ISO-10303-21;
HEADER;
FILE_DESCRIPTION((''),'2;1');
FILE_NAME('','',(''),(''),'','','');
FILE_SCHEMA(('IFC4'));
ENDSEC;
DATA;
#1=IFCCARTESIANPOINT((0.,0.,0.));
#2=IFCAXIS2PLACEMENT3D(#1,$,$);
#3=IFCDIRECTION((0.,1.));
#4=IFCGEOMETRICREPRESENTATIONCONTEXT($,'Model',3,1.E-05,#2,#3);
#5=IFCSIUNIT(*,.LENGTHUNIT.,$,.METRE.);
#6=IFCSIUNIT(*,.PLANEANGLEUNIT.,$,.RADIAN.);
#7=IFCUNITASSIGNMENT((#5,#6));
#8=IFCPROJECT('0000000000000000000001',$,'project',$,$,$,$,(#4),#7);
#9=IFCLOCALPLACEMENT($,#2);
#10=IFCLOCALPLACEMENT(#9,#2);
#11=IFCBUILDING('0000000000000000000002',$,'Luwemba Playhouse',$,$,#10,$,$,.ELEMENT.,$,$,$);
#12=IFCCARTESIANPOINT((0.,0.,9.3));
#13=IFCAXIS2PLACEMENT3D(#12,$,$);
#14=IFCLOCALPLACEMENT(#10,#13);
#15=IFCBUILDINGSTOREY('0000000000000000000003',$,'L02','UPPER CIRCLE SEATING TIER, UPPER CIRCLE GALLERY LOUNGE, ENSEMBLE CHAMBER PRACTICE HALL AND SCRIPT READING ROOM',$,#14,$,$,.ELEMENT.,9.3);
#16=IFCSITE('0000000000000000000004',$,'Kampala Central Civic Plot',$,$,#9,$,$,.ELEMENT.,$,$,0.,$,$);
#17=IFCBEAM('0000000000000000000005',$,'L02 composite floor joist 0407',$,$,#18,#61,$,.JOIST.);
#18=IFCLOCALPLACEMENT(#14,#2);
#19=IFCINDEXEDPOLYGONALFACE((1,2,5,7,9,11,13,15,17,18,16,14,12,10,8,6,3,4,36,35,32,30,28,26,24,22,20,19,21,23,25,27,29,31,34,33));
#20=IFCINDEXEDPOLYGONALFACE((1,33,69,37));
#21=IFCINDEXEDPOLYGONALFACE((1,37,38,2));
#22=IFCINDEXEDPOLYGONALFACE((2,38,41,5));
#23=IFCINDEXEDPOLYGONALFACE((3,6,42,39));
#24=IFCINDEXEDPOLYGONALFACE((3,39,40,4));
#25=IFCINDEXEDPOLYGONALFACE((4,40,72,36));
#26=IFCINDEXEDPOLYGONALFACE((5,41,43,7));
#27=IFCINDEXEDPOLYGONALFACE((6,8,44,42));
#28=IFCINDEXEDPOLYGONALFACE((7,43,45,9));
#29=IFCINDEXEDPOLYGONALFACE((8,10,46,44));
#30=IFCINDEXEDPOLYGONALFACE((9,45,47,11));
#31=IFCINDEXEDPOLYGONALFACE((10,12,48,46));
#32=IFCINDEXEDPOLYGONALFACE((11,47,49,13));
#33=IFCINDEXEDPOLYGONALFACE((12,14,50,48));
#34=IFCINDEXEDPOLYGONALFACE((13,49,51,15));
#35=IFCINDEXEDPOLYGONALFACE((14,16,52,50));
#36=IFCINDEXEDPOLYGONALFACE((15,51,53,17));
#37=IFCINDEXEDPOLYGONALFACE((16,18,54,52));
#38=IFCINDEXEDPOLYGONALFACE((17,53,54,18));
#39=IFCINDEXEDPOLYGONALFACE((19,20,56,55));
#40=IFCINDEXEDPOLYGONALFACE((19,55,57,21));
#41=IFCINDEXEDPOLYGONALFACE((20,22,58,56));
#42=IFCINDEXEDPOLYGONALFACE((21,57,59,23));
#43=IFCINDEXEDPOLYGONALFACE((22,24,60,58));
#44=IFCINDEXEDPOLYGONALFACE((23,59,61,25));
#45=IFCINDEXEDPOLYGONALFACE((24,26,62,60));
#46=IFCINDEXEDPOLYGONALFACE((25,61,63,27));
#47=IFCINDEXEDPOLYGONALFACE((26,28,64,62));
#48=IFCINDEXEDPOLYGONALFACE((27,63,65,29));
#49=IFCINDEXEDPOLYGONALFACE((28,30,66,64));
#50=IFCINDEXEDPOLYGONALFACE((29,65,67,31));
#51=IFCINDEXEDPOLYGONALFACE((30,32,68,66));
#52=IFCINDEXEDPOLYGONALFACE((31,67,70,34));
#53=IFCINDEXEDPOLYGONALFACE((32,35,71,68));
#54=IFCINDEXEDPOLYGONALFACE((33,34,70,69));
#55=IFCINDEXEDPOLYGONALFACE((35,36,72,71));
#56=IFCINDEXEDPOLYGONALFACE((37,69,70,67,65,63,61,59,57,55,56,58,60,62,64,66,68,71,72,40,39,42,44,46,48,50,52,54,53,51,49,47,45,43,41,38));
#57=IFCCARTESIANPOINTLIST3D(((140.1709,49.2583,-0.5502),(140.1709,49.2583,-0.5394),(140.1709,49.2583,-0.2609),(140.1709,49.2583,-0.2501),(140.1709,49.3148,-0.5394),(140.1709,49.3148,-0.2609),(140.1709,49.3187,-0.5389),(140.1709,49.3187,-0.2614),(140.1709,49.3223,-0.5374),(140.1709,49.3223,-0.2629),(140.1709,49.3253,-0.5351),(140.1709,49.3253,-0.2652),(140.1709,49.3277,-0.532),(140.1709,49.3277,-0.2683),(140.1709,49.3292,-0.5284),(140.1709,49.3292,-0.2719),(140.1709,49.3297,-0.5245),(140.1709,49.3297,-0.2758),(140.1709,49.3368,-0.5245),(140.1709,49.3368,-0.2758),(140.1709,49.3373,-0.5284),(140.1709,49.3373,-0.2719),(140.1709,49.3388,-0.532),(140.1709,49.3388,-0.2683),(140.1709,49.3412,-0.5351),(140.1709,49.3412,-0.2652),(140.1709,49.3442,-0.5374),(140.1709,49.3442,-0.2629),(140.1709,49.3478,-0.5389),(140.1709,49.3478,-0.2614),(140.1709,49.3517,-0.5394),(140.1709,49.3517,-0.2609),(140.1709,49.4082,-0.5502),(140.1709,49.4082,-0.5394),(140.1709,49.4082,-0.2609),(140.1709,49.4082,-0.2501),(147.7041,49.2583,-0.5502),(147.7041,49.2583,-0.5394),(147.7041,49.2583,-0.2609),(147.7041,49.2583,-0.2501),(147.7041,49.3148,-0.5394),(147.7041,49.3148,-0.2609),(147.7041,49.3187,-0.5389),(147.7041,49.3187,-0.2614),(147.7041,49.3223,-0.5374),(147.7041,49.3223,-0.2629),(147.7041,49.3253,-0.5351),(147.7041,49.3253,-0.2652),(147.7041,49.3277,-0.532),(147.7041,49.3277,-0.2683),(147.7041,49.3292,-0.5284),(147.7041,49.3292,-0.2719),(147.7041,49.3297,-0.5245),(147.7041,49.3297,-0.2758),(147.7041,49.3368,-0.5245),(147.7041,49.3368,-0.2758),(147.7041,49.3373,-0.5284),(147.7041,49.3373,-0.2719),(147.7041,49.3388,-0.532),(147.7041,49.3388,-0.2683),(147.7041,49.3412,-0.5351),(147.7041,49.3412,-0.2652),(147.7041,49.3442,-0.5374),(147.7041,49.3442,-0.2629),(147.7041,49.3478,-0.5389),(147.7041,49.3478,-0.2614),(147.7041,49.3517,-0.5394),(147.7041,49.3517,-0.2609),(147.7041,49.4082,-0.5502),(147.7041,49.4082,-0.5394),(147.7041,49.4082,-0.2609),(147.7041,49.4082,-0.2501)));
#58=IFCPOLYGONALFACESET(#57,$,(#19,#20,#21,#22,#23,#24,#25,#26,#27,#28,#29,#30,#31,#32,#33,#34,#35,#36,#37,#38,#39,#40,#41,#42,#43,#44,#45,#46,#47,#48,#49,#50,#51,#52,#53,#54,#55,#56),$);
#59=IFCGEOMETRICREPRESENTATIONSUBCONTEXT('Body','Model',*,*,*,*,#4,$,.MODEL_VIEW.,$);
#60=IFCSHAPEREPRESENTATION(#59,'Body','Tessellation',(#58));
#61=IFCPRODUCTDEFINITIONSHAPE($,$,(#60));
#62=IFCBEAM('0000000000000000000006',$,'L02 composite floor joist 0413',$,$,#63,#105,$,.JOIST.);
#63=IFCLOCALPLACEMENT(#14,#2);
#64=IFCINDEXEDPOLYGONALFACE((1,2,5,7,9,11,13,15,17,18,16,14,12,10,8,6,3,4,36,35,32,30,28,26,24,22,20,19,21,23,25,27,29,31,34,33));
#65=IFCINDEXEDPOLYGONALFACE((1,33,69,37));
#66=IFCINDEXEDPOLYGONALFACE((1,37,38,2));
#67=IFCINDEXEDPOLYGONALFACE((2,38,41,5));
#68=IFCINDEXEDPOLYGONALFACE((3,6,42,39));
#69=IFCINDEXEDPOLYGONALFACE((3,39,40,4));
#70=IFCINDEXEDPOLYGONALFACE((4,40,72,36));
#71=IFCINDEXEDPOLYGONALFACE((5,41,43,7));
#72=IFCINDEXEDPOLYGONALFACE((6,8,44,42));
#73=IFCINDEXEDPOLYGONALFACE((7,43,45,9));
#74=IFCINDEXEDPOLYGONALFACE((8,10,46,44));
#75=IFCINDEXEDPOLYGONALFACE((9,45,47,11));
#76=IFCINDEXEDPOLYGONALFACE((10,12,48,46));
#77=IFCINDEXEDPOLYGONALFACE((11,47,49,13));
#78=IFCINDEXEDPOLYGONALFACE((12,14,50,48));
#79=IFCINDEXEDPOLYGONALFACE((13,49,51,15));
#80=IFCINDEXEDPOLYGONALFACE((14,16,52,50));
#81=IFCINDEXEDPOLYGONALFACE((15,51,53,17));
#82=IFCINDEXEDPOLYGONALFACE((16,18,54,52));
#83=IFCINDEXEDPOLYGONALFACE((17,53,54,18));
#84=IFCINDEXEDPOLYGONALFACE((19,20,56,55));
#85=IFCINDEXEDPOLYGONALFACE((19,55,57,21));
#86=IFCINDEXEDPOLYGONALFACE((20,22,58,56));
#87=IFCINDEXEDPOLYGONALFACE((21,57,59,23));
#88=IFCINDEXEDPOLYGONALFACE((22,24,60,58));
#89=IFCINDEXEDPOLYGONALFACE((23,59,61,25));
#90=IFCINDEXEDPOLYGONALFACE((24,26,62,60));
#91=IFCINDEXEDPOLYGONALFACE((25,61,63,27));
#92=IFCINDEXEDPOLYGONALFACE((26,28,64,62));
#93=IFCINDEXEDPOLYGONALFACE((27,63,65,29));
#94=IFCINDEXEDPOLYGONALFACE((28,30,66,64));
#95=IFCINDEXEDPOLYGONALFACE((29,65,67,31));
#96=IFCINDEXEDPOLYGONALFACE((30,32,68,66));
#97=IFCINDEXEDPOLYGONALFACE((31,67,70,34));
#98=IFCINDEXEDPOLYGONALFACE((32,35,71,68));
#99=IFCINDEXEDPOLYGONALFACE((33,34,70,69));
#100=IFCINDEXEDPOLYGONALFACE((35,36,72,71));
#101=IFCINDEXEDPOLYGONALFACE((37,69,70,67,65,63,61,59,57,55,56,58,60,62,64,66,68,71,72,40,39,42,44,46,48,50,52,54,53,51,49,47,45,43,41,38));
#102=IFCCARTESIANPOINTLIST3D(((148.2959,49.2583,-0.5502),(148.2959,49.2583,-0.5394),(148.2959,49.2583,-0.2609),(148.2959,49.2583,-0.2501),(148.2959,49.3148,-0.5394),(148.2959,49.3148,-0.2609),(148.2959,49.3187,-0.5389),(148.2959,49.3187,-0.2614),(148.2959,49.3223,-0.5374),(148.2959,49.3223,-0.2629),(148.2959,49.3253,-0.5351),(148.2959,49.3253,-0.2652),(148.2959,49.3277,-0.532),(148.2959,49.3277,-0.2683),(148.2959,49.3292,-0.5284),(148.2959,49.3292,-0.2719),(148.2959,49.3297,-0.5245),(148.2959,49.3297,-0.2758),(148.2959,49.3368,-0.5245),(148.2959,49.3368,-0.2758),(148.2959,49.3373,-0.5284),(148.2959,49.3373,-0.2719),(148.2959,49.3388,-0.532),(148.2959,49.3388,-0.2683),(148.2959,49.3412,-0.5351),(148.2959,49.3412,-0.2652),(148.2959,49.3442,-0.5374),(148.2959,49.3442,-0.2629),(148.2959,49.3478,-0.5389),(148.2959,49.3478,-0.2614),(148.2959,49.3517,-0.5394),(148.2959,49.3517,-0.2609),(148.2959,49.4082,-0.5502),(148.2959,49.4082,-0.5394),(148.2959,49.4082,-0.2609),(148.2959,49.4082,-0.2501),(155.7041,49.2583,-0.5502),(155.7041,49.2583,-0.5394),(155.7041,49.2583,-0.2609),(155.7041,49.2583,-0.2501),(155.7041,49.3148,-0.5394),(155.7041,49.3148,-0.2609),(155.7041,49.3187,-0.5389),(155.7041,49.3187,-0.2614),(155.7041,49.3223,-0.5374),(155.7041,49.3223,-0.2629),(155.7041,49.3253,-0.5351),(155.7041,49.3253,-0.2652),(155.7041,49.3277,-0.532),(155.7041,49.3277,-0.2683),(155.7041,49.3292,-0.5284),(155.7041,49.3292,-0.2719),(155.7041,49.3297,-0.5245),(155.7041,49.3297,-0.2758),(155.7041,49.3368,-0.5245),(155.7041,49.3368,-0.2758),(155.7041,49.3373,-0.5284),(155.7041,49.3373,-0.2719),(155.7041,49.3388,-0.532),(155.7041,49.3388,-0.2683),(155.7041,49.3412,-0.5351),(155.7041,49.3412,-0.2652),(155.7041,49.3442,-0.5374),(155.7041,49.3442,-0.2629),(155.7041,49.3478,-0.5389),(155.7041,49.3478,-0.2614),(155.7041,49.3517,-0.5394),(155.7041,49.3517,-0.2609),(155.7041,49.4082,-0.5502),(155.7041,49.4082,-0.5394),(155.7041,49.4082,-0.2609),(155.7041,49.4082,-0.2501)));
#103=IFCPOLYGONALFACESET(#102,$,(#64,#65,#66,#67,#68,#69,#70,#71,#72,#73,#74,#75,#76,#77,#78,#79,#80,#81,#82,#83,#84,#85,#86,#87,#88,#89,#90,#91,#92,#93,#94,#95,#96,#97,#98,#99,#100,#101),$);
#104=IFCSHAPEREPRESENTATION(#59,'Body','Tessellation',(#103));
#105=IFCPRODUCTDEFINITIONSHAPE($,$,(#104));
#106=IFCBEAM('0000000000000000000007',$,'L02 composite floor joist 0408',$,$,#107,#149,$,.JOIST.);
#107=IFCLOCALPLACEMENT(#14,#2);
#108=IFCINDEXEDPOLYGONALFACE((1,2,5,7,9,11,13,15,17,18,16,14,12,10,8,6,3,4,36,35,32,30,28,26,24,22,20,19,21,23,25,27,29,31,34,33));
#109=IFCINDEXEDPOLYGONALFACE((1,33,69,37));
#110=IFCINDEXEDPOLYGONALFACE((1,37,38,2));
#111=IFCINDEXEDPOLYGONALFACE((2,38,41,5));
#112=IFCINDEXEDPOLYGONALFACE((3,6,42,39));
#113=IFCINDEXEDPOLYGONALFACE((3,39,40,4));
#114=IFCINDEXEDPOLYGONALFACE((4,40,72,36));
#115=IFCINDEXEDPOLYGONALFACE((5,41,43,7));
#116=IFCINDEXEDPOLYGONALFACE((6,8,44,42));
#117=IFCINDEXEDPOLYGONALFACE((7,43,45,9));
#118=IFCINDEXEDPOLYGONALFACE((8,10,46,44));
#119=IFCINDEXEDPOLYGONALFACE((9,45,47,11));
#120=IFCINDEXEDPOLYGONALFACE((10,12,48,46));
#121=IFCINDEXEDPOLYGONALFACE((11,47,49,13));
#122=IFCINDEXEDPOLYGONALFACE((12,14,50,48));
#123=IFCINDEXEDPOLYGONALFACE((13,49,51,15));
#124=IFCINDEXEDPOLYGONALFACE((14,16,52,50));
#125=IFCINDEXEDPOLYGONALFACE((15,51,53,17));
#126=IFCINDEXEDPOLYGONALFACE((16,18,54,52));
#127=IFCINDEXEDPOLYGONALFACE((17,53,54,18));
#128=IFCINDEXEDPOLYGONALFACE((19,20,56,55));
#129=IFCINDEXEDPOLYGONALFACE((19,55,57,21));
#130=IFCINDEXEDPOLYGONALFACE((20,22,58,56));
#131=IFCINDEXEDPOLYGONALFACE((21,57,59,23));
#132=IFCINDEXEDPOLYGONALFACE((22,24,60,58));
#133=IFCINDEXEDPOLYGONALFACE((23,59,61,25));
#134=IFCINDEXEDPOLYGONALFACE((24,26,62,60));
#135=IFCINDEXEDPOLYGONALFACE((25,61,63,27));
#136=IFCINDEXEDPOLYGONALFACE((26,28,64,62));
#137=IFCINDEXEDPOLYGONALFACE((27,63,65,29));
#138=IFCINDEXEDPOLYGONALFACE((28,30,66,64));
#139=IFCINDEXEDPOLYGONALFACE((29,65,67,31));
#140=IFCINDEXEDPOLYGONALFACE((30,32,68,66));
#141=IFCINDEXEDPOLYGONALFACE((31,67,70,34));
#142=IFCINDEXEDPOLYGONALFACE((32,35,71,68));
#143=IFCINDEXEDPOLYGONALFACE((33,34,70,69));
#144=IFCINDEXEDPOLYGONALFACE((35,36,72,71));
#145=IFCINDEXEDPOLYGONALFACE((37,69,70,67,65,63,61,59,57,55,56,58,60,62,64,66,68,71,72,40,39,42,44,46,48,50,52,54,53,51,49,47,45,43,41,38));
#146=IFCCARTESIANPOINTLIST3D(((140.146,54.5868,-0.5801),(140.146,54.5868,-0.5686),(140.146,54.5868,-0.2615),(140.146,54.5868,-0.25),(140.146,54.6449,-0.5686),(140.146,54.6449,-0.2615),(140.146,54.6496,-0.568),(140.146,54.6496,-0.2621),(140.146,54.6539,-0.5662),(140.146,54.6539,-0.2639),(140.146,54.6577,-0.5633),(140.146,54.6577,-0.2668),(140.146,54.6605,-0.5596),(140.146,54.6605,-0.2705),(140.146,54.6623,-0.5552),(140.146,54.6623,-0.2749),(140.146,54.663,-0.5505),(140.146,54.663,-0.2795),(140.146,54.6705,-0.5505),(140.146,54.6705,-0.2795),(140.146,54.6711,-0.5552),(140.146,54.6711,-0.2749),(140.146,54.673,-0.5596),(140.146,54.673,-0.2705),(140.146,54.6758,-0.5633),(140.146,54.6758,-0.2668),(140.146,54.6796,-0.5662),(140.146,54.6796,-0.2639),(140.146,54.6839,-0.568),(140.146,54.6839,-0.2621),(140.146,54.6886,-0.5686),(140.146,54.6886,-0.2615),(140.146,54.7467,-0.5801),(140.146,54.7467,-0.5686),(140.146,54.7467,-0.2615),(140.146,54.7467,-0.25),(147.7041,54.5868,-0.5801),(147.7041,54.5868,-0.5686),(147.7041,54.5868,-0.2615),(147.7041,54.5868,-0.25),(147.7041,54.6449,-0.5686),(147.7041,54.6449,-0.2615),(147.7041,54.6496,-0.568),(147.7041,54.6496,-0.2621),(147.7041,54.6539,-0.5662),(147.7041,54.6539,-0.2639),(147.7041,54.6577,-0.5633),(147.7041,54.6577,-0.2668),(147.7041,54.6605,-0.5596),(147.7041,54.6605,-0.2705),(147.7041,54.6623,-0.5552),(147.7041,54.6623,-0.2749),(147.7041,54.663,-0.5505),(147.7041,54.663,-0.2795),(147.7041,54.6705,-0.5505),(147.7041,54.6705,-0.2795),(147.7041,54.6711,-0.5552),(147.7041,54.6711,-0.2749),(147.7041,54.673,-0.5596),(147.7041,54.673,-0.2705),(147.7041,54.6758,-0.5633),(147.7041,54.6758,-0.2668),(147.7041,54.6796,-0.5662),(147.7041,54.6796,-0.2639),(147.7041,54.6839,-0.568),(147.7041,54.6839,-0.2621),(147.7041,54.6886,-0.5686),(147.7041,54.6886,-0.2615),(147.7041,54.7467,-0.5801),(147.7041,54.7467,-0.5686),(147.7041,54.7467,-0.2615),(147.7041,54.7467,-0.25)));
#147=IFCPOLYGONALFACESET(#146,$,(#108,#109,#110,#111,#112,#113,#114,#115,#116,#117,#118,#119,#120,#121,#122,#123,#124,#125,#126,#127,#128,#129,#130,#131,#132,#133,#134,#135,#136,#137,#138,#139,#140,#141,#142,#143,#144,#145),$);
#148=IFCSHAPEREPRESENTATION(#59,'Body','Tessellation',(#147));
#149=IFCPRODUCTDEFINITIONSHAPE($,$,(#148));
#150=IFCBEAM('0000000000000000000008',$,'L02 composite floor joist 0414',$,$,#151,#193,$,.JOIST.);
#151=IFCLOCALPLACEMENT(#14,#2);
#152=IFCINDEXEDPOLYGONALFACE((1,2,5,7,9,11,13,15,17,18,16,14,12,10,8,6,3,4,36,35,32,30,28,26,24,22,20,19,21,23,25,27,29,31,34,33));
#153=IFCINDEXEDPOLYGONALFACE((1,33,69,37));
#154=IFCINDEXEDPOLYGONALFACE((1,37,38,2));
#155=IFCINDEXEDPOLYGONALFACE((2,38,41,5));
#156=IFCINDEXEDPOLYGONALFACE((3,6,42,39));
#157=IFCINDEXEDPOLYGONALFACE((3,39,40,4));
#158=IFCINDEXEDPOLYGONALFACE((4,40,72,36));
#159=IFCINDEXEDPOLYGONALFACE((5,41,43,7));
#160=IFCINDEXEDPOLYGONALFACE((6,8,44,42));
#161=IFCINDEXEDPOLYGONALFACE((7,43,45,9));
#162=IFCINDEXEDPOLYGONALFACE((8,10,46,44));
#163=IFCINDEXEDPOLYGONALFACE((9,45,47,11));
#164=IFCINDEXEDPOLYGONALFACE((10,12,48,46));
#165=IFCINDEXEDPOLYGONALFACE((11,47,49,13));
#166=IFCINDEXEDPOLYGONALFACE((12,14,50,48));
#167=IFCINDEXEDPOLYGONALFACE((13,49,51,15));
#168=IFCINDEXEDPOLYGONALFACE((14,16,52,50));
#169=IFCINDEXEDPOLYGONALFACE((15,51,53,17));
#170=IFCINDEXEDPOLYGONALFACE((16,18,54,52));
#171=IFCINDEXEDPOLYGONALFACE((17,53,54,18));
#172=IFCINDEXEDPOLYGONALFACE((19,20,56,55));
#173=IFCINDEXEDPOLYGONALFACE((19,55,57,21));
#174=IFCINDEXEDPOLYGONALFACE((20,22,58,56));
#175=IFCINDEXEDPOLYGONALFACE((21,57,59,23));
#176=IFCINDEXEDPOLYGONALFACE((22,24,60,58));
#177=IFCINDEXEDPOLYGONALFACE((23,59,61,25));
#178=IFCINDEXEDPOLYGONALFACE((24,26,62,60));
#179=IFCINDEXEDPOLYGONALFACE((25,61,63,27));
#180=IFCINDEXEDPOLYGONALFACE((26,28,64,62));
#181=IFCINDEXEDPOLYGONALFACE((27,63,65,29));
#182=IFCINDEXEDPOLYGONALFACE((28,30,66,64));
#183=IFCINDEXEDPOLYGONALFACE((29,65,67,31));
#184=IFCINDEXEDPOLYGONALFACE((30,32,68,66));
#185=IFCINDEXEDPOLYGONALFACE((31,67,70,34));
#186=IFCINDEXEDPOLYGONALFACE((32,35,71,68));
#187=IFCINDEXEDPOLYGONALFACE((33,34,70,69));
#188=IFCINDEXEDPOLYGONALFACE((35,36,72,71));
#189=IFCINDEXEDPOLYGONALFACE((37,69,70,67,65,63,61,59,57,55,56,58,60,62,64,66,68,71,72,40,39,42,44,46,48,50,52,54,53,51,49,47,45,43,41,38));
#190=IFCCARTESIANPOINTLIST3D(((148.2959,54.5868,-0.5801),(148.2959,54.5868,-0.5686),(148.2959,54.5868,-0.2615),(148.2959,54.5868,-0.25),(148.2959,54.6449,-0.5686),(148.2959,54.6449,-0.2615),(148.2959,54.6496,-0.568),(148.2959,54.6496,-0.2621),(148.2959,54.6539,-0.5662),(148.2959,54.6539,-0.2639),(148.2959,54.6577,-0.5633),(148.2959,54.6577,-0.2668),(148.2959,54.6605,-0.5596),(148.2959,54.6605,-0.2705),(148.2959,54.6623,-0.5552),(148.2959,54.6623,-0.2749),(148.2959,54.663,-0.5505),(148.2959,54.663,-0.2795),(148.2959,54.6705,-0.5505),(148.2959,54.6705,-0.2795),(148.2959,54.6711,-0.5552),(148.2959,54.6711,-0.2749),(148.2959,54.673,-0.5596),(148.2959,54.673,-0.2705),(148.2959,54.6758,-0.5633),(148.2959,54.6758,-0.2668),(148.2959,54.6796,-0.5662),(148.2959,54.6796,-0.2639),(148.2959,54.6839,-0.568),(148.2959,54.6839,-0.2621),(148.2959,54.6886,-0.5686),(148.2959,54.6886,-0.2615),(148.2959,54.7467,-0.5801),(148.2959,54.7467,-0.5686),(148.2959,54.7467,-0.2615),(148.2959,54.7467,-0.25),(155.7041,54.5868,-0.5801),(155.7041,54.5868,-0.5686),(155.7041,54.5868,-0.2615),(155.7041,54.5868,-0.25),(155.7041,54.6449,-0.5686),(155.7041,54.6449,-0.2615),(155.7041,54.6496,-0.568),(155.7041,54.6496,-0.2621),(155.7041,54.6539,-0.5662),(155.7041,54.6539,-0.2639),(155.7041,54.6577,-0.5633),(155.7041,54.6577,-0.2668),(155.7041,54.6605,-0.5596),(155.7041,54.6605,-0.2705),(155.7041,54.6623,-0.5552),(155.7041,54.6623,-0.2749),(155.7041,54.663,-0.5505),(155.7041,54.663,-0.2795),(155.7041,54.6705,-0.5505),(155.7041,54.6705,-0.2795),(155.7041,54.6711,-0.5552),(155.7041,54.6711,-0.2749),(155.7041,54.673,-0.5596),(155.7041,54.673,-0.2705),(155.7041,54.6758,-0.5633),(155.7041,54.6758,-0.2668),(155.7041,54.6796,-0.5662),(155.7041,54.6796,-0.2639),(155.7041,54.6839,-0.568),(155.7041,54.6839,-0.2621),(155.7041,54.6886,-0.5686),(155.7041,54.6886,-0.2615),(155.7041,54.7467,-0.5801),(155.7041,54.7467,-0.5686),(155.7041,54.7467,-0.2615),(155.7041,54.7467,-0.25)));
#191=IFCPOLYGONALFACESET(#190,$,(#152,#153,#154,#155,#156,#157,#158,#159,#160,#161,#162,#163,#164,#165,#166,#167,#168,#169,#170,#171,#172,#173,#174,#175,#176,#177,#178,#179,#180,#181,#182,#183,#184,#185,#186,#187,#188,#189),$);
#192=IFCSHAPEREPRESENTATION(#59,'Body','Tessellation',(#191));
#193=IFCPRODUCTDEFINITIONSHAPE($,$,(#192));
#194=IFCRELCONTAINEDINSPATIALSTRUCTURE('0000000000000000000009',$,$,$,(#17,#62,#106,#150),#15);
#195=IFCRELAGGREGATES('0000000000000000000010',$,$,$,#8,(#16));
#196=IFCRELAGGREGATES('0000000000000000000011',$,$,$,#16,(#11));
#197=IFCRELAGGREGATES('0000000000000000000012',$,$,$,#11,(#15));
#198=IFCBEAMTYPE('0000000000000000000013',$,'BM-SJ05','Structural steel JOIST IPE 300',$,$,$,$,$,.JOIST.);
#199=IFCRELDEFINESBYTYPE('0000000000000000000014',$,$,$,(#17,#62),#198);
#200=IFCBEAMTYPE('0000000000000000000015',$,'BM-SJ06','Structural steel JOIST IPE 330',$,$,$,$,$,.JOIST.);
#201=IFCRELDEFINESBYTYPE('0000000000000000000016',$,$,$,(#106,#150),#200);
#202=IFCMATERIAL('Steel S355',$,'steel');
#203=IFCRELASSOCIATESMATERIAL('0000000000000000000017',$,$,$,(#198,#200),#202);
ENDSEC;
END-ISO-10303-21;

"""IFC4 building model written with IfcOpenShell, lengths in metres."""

from ifc_helpers import new_model, si_unit, direction, frame, origin, origin_2d, place, context, subcontext, project, spatial, i_section, extrude, material, material_profile, profile_set, type_object, element, save


model = new_model("IFC4")

# Units and contexts
model_context = context("Model", 3, precision=1e-05, world=origin(), true_north=direction((0.0, 1.0)))
body_context = subcontext(model_context, "Body", "Model", "MODEL_VIEW")
ifc_project = project(units=[si_unit("LENGTHUNIT", "METRE"), si_unit("PLANEANGLEUNIT", "RADIAN")], contexts=[model_context])

# Site, building, storey
site_placement = place(None, origin())
site = spatial("IfcSite", under=ifc_project, at=site_placement, Name="Kampala Central Civic Plot", CompositionType="ELEMENT", RefElevation=0.0)
building_placement = place(site_placement, origin())
building = spatial("IfcBuilding", under=site, at=building_placement, Name="Luwemba Playhouse", CompositionType="ELEMENT")
storey_placement = place(building_placement, frame((0.0, 0.0, 9.3)))
storey = spatial("IfcBuildingStorey", under=building, at=storey_placement, Name="L02", Description="UPPER CIRCLE SEATING TIER, UPPER CIRCLE GALLERY LOUNGE, ENSEMBLE CHAMBER PRACTICE HALL AND SCRIPT READING ROOM", CompositionType="ELEMENT", Elevation=9.3)

# Beams
ifc_material_1 = material(Name="Steel S355", Category="steel")
ifc_material_profile_1 = material_profile(ifc_material_1, i_section(OverallWidth=0.1499, OverallDepth=0.3, WebThickness=0.0071, FlangeThickness=0.0107, FilletRadius=0.0149, at=origin_2d()))
ifc_profile_set_1 = profile_set([ifc_material_profile_1], Name="Steel S355")
beam_type_1 = type_object("IfcBeamType", Name="BM-SJ05", Description="Structural steel JOIST IPE 300", PredefinedType="JOIST", material=ifc_profile_set_1)
beam_1_placement = place(storey_placement, frame((140.1709, 49.3333, -0.4001), z_axis=(1.0, 0.0, 0.0), x_axis=(0.0, 1.0, 0.0)))
element("IfcBeam", 1, at=beam_1_placement, inside=storey, type_object=beam_type_1, Name="L02 composite floor joist 0407", PredefinedType="JOIST", context=body_context, shape_type="SweptSolid", body=[
    extrude(i_section(OverallWidth=0.1499, OverallDepth=0.3, WebThickness=0.0071, FlangeThickness=0.0107, FilletRadius=0.0149, at=origin_2d()), origin(), (0.0, 0.0, 1.0), 7.5332),
])
beam_2_placement = place(storey_placement, frame((148.2959, 49.3333, -0.4001), z_axis=(1.0, 0.0, 0.0), x_axis=(0.0, 1.0, 0.0)))
element("IfcBeam", 2, at=beam_2_placement, inside=storey, type_object=beam_type_1, Name="L02 composite floor joist 0413", PredefinedType="JOIST", context=body_context, shape_type="SweptSolid", body=[
    extrude(i_section(OverallWidth=0.1499, OverallDepth=0.3, WebThickness=0.0071, FlangeThickness=0.0107, FilletRadius=0.0149, at=origin_2d()), origin(), (0.0, 0.0, 1.0), 7.4082),
])
ifc_material_profile_2 = material_profile(ifc_material_1, i_section(OverallWidth=0.1599, OverallDepth=0.3301, WebThickness=0.0076, FlangeThickness=0.0115, FilletRadius=0.0181, at=origin_2d()))
ifc_profile_set_2 = profile_set([ifc_material_profile_2], Name="Steel S355")
beam_type_2 = type_object("IfcBeamType", Name="BM-SJ06", Description="Structural steel JOIST IPE 330", PredefinedType="JOIST", material=ifc_profile_set_2)
beam_3_placement = place(storey_placement, frame((140.146, 54.6667, -0.415), z_axis=(1.0, 0.0, 0.0), x_axis=(0.0, 1.0, 0.0)))
element("IfcBeam", 3, at=beam_3_placement, inside=storey, type_object=beam_type_2, Name="L02 composite floor joist 0408", PredefinedType="JOIST", context=body_context, shape_type="SweptSolid", body=[
    extrude(i_section(OverallWidth=0.1599, OverallDepth=0.3301, WebThickness=0.0076, FlangeThickness=0.0115, FilletRadius=0.0181, at=origin_2d()), origin(), (0.0, 0.0, 1.0), 7.5581),
])
beam_4_placement = place(storey_placement, frame((148.2959, 54.6667, -0.415), z_axis=(1.0, 0.0, 0.0), x_axis=(0.0, 1.0, 0.0)))
element("IfcBeam", 4, at=beam_4_placement, inside=storey, type_object=beam_type_2, Name="L02 composite floor joist 0414", PredefinedType="JOIST", context=body_context, shape_type="SweptSolid", body=[
    extrude(i_section(OverallWidth=0.1599, OverallDepth=0.3301, WebThickness=0.0076, FlangeThickness=0.0115, FilletRadius=0.0181, at=origin_2d()), origin(), (0.0, 0.0, 1.0), 7.4082),
])

save(model, "model.ifc")
